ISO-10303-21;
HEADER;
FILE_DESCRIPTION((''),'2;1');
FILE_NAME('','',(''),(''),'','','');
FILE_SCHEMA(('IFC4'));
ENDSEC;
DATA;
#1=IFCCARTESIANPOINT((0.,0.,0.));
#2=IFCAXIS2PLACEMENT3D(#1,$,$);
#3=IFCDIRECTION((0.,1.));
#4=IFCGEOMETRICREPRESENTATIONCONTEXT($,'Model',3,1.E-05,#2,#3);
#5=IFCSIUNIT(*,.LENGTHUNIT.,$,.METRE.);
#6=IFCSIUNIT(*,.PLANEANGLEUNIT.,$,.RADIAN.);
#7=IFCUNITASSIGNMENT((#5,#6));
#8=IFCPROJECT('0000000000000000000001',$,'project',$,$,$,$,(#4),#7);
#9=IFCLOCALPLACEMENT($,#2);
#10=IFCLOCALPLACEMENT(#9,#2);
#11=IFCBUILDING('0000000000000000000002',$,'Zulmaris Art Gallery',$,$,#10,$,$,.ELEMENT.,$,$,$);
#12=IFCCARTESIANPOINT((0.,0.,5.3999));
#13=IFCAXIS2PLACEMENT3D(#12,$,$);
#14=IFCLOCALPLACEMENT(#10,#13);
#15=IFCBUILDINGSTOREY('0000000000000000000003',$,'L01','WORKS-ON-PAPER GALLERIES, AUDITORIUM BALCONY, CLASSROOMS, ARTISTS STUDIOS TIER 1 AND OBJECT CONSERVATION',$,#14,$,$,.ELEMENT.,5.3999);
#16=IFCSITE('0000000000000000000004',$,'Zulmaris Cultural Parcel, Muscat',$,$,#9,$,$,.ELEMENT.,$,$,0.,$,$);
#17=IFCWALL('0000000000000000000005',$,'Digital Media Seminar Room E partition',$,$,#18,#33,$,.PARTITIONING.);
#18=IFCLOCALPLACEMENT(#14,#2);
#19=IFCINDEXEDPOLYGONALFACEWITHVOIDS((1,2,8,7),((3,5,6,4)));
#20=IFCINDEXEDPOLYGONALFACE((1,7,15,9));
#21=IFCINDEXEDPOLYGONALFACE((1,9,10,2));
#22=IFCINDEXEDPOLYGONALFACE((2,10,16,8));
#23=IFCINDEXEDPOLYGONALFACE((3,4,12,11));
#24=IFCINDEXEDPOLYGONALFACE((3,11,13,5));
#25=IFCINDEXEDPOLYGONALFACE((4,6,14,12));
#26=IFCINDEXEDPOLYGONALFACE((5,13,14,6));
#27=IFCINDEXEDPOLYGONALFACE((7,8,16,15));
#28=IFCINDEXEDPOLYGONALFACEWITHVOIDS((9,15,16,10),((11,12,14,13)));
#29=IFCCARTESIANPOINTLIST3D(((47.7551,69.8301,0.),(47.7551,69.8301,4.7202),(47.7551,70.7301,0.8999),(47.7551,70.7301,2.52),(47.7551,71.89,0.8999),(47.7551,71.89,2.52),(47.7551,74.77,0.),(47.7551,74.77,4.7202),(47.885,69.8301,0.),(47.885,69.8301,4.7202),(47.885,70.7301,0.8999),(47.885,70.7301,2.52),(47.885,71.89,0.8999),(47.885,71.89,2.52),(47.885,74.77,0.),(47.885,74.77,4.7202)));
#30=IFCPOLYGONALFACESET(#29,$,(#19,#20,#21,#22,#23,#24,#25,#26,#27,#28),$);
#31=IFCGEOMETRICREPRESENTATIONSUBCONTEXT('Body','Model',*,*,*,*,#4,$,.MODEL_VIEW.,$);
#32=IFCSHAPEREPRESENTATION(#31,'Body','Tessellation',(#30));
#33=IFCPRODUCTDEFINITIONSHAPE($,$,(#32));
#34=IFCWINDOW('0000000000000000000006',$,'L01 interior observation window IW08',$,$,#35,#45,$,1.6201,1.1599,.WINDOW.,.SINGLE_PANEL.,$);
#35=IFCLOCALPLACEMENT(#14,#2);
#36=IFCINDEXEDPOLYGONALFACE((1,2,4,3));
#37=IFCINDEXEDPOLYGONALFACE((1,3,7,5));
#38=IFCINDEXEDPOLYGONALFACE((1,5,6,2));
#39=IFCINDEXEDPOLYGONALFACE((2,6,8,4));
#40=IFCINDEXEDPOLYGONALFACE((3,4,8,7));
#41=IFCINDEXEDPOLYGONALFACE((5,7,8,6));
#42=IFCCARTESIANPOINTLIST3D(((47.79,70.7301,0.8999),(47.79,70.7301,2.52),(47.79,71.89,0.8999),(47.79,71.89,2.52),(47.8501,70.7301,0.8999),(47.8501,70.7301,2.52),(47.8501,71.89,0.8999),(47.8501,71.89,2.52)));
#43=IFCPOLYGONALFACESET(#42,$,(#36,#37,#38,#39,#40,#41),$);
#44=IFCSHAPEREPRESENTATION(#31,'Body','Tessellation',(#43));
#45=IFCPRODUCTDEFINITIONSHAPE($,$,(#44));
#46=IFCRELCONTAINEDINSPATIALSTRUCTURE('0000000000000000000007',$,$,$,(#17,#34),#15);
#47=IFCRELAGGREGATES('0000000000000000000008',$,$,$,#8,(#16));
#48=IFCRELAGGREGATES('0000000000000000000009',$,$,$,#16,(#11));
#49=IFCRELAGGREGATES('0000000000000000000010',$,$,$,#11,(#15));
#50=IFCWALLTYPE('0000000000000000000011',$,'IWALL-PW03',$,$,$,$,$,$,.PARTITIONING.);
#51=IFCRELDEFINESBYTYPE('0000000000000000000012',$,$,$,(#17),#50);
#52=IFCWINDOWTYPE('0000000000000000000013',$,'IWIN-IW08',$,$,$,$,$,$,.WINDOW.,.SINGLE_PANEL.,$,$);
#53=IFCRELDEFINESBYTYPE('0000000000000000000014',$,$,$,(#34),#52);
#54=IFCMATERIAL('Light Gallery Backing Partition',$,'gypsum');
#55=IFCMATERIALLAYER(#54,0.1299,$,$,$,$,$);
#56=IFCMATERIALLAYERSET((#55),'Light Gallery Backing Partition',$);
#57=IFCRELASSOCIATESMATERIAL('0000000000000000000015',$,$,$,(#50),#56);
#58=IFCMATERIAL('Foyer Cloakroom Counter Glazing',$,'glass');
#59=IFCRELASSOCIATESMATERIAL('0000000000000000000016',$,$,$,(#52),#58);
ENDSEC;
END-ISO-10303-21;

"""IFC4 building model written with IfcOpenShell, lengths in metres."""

from ifc_helpers import new_model, si_unit, direction, frame, frame_2d, origin, place, context, subcontext, project, spatial, rectangle, extrude, material, layer, layer_set, type_object, element, fill, save


model = new_model("IFC4")

# Units and contexts
model_context = context("Model", 3, precision=1e-05, world=origin(), true_north=direction((0.0, 1.0)))
body_context = subcontext(model_context, "Body", "Model", "MODEL_VIEW")
ifc_project = project(units=[si_unit("LENGTHUNIT", "METRE"), si_unit("PLANEANGLEUNIT", "RADIAN")], contexts=[model_context])

# Site, building, storey
site_placement = place(None, origin())
site = spatial("IfcSite", under=ifc_project, at=site_placement, Name="Zulmaris Cultural Parcel, Muscat", CompositionType="ELEMENT", RefElevation=0.0)
building_placement = place(site_placement, origin())
building = spatial("IfcBuilding", under=site, at=building_placement, Name="Zulmaris Art Gallery", CompositionType="ELEMENT")
storey_placement = place(building_placement, frame((0.0, 0.0, 5.3999)))
storey = spatial("IfcBuildingStorey", under=building, at=storey_placement, Name="L01", Description="WORKS-ON-PAPER GALLERIES, AUDITORIUM BALCONY, CLASSROOMS, ARTISTS STUDIOS TIER 1 AND OBJECT CONSERVATION", CompositionType="ELEMENT", Elevation=5.3999)

# Shared definitions
ifc_material_1 = material(Name="Light Gallery Backing Partition", Category="gypsum")
ifc_layer_1 = layer(ifc_material_1, 0.1299)
ifc_layer_set_1 = layer_set([ifc_layer_1], Name="Light Gallery Backing Partition")
wall_type_1 = type_object("IfcWallType", Name="IWALL-PW03", PredefinedType="PARTITIONING", material=ifc_layer_set_1)

# Wall, opening, window
ifc_material_2 = material(Name="Foyer Cloakroom Counter Glazing", Category="glass")
window_type_1 = type_object("IfcWindowType", Name="IWIN-IW08", PartitioningType="SINGLE_PANEL", PredefinedType="WINDOW", material=ifc_material_2)
wall_1_placement = place(storey_placement, frame((47.8201, 69.8301, 0.0), z_axis=(0.0, 0.0, 1.0), x_axis=(0.0, 1.0, 0.0)))
wall_1 = element("IfcWall", 1, at=wall_1_placement, inside=storey, type_object=wall_type_1, Name="Digital Media Seminar Room E partition", PredefinedType="PARTITIONING", context=body_context, shape_type="SweptSolid", body=[
    extrude(rectangle(XDim=4.9399, YDim=0.1299, at=frame_2d((2.47, 0.0))), origin(), (0.0, 0.0, 1.0), 4.7202),
])
opening_1_placement = place(wall_1_placement, frame((0.8999, 0.0, 0.8999)))
opening_1 = element("IfcOpeningElement", 2, at=opening_1_placement, cuts=wall_1, PredefinedType="OPENING", context=body_context, shape_type="SweptSolid", body=[
    extrude(rectangle(XDim=1.1599, YDim=1.6201, at=frame_2d((0.5801, 0.8101))), frame((0.0, 0.075, 0.0), z_axis=(0.0, -1.0, 0.0), x_axis=(1.0, 0.0, 0.0)), (0.0, 0.0, 1.0), 0.1499),
])
window_1_placement = place(opening_1_placement, origin())
window_1 = element("IfcWindow", 3, at=window_1_placement, inside=storey, type_object=window_type_1, Name="L01 interior observation window IW08", OverallHeight=1.6201, OverallWidth=1.1599, PartitioningType="SINGLE_PANEL", PredefinedType="WINDOW", context=body_context, shape_type="SweptSolid", body=[
    extrude(rectangle(XDim=1.1599, YDim=1.6201, at=frame_2d((0.5801, 0.8101))), frame((0.0, 0.03, 0.0), z_axis=(0.0, -1.0, 0.0), x_axis=(1.0, 0.0, 0.0)), (0.0, 0.0, 1.0), 0.0601),
])
fill(opening_1, window_1)

save(model, "model.ifc")
